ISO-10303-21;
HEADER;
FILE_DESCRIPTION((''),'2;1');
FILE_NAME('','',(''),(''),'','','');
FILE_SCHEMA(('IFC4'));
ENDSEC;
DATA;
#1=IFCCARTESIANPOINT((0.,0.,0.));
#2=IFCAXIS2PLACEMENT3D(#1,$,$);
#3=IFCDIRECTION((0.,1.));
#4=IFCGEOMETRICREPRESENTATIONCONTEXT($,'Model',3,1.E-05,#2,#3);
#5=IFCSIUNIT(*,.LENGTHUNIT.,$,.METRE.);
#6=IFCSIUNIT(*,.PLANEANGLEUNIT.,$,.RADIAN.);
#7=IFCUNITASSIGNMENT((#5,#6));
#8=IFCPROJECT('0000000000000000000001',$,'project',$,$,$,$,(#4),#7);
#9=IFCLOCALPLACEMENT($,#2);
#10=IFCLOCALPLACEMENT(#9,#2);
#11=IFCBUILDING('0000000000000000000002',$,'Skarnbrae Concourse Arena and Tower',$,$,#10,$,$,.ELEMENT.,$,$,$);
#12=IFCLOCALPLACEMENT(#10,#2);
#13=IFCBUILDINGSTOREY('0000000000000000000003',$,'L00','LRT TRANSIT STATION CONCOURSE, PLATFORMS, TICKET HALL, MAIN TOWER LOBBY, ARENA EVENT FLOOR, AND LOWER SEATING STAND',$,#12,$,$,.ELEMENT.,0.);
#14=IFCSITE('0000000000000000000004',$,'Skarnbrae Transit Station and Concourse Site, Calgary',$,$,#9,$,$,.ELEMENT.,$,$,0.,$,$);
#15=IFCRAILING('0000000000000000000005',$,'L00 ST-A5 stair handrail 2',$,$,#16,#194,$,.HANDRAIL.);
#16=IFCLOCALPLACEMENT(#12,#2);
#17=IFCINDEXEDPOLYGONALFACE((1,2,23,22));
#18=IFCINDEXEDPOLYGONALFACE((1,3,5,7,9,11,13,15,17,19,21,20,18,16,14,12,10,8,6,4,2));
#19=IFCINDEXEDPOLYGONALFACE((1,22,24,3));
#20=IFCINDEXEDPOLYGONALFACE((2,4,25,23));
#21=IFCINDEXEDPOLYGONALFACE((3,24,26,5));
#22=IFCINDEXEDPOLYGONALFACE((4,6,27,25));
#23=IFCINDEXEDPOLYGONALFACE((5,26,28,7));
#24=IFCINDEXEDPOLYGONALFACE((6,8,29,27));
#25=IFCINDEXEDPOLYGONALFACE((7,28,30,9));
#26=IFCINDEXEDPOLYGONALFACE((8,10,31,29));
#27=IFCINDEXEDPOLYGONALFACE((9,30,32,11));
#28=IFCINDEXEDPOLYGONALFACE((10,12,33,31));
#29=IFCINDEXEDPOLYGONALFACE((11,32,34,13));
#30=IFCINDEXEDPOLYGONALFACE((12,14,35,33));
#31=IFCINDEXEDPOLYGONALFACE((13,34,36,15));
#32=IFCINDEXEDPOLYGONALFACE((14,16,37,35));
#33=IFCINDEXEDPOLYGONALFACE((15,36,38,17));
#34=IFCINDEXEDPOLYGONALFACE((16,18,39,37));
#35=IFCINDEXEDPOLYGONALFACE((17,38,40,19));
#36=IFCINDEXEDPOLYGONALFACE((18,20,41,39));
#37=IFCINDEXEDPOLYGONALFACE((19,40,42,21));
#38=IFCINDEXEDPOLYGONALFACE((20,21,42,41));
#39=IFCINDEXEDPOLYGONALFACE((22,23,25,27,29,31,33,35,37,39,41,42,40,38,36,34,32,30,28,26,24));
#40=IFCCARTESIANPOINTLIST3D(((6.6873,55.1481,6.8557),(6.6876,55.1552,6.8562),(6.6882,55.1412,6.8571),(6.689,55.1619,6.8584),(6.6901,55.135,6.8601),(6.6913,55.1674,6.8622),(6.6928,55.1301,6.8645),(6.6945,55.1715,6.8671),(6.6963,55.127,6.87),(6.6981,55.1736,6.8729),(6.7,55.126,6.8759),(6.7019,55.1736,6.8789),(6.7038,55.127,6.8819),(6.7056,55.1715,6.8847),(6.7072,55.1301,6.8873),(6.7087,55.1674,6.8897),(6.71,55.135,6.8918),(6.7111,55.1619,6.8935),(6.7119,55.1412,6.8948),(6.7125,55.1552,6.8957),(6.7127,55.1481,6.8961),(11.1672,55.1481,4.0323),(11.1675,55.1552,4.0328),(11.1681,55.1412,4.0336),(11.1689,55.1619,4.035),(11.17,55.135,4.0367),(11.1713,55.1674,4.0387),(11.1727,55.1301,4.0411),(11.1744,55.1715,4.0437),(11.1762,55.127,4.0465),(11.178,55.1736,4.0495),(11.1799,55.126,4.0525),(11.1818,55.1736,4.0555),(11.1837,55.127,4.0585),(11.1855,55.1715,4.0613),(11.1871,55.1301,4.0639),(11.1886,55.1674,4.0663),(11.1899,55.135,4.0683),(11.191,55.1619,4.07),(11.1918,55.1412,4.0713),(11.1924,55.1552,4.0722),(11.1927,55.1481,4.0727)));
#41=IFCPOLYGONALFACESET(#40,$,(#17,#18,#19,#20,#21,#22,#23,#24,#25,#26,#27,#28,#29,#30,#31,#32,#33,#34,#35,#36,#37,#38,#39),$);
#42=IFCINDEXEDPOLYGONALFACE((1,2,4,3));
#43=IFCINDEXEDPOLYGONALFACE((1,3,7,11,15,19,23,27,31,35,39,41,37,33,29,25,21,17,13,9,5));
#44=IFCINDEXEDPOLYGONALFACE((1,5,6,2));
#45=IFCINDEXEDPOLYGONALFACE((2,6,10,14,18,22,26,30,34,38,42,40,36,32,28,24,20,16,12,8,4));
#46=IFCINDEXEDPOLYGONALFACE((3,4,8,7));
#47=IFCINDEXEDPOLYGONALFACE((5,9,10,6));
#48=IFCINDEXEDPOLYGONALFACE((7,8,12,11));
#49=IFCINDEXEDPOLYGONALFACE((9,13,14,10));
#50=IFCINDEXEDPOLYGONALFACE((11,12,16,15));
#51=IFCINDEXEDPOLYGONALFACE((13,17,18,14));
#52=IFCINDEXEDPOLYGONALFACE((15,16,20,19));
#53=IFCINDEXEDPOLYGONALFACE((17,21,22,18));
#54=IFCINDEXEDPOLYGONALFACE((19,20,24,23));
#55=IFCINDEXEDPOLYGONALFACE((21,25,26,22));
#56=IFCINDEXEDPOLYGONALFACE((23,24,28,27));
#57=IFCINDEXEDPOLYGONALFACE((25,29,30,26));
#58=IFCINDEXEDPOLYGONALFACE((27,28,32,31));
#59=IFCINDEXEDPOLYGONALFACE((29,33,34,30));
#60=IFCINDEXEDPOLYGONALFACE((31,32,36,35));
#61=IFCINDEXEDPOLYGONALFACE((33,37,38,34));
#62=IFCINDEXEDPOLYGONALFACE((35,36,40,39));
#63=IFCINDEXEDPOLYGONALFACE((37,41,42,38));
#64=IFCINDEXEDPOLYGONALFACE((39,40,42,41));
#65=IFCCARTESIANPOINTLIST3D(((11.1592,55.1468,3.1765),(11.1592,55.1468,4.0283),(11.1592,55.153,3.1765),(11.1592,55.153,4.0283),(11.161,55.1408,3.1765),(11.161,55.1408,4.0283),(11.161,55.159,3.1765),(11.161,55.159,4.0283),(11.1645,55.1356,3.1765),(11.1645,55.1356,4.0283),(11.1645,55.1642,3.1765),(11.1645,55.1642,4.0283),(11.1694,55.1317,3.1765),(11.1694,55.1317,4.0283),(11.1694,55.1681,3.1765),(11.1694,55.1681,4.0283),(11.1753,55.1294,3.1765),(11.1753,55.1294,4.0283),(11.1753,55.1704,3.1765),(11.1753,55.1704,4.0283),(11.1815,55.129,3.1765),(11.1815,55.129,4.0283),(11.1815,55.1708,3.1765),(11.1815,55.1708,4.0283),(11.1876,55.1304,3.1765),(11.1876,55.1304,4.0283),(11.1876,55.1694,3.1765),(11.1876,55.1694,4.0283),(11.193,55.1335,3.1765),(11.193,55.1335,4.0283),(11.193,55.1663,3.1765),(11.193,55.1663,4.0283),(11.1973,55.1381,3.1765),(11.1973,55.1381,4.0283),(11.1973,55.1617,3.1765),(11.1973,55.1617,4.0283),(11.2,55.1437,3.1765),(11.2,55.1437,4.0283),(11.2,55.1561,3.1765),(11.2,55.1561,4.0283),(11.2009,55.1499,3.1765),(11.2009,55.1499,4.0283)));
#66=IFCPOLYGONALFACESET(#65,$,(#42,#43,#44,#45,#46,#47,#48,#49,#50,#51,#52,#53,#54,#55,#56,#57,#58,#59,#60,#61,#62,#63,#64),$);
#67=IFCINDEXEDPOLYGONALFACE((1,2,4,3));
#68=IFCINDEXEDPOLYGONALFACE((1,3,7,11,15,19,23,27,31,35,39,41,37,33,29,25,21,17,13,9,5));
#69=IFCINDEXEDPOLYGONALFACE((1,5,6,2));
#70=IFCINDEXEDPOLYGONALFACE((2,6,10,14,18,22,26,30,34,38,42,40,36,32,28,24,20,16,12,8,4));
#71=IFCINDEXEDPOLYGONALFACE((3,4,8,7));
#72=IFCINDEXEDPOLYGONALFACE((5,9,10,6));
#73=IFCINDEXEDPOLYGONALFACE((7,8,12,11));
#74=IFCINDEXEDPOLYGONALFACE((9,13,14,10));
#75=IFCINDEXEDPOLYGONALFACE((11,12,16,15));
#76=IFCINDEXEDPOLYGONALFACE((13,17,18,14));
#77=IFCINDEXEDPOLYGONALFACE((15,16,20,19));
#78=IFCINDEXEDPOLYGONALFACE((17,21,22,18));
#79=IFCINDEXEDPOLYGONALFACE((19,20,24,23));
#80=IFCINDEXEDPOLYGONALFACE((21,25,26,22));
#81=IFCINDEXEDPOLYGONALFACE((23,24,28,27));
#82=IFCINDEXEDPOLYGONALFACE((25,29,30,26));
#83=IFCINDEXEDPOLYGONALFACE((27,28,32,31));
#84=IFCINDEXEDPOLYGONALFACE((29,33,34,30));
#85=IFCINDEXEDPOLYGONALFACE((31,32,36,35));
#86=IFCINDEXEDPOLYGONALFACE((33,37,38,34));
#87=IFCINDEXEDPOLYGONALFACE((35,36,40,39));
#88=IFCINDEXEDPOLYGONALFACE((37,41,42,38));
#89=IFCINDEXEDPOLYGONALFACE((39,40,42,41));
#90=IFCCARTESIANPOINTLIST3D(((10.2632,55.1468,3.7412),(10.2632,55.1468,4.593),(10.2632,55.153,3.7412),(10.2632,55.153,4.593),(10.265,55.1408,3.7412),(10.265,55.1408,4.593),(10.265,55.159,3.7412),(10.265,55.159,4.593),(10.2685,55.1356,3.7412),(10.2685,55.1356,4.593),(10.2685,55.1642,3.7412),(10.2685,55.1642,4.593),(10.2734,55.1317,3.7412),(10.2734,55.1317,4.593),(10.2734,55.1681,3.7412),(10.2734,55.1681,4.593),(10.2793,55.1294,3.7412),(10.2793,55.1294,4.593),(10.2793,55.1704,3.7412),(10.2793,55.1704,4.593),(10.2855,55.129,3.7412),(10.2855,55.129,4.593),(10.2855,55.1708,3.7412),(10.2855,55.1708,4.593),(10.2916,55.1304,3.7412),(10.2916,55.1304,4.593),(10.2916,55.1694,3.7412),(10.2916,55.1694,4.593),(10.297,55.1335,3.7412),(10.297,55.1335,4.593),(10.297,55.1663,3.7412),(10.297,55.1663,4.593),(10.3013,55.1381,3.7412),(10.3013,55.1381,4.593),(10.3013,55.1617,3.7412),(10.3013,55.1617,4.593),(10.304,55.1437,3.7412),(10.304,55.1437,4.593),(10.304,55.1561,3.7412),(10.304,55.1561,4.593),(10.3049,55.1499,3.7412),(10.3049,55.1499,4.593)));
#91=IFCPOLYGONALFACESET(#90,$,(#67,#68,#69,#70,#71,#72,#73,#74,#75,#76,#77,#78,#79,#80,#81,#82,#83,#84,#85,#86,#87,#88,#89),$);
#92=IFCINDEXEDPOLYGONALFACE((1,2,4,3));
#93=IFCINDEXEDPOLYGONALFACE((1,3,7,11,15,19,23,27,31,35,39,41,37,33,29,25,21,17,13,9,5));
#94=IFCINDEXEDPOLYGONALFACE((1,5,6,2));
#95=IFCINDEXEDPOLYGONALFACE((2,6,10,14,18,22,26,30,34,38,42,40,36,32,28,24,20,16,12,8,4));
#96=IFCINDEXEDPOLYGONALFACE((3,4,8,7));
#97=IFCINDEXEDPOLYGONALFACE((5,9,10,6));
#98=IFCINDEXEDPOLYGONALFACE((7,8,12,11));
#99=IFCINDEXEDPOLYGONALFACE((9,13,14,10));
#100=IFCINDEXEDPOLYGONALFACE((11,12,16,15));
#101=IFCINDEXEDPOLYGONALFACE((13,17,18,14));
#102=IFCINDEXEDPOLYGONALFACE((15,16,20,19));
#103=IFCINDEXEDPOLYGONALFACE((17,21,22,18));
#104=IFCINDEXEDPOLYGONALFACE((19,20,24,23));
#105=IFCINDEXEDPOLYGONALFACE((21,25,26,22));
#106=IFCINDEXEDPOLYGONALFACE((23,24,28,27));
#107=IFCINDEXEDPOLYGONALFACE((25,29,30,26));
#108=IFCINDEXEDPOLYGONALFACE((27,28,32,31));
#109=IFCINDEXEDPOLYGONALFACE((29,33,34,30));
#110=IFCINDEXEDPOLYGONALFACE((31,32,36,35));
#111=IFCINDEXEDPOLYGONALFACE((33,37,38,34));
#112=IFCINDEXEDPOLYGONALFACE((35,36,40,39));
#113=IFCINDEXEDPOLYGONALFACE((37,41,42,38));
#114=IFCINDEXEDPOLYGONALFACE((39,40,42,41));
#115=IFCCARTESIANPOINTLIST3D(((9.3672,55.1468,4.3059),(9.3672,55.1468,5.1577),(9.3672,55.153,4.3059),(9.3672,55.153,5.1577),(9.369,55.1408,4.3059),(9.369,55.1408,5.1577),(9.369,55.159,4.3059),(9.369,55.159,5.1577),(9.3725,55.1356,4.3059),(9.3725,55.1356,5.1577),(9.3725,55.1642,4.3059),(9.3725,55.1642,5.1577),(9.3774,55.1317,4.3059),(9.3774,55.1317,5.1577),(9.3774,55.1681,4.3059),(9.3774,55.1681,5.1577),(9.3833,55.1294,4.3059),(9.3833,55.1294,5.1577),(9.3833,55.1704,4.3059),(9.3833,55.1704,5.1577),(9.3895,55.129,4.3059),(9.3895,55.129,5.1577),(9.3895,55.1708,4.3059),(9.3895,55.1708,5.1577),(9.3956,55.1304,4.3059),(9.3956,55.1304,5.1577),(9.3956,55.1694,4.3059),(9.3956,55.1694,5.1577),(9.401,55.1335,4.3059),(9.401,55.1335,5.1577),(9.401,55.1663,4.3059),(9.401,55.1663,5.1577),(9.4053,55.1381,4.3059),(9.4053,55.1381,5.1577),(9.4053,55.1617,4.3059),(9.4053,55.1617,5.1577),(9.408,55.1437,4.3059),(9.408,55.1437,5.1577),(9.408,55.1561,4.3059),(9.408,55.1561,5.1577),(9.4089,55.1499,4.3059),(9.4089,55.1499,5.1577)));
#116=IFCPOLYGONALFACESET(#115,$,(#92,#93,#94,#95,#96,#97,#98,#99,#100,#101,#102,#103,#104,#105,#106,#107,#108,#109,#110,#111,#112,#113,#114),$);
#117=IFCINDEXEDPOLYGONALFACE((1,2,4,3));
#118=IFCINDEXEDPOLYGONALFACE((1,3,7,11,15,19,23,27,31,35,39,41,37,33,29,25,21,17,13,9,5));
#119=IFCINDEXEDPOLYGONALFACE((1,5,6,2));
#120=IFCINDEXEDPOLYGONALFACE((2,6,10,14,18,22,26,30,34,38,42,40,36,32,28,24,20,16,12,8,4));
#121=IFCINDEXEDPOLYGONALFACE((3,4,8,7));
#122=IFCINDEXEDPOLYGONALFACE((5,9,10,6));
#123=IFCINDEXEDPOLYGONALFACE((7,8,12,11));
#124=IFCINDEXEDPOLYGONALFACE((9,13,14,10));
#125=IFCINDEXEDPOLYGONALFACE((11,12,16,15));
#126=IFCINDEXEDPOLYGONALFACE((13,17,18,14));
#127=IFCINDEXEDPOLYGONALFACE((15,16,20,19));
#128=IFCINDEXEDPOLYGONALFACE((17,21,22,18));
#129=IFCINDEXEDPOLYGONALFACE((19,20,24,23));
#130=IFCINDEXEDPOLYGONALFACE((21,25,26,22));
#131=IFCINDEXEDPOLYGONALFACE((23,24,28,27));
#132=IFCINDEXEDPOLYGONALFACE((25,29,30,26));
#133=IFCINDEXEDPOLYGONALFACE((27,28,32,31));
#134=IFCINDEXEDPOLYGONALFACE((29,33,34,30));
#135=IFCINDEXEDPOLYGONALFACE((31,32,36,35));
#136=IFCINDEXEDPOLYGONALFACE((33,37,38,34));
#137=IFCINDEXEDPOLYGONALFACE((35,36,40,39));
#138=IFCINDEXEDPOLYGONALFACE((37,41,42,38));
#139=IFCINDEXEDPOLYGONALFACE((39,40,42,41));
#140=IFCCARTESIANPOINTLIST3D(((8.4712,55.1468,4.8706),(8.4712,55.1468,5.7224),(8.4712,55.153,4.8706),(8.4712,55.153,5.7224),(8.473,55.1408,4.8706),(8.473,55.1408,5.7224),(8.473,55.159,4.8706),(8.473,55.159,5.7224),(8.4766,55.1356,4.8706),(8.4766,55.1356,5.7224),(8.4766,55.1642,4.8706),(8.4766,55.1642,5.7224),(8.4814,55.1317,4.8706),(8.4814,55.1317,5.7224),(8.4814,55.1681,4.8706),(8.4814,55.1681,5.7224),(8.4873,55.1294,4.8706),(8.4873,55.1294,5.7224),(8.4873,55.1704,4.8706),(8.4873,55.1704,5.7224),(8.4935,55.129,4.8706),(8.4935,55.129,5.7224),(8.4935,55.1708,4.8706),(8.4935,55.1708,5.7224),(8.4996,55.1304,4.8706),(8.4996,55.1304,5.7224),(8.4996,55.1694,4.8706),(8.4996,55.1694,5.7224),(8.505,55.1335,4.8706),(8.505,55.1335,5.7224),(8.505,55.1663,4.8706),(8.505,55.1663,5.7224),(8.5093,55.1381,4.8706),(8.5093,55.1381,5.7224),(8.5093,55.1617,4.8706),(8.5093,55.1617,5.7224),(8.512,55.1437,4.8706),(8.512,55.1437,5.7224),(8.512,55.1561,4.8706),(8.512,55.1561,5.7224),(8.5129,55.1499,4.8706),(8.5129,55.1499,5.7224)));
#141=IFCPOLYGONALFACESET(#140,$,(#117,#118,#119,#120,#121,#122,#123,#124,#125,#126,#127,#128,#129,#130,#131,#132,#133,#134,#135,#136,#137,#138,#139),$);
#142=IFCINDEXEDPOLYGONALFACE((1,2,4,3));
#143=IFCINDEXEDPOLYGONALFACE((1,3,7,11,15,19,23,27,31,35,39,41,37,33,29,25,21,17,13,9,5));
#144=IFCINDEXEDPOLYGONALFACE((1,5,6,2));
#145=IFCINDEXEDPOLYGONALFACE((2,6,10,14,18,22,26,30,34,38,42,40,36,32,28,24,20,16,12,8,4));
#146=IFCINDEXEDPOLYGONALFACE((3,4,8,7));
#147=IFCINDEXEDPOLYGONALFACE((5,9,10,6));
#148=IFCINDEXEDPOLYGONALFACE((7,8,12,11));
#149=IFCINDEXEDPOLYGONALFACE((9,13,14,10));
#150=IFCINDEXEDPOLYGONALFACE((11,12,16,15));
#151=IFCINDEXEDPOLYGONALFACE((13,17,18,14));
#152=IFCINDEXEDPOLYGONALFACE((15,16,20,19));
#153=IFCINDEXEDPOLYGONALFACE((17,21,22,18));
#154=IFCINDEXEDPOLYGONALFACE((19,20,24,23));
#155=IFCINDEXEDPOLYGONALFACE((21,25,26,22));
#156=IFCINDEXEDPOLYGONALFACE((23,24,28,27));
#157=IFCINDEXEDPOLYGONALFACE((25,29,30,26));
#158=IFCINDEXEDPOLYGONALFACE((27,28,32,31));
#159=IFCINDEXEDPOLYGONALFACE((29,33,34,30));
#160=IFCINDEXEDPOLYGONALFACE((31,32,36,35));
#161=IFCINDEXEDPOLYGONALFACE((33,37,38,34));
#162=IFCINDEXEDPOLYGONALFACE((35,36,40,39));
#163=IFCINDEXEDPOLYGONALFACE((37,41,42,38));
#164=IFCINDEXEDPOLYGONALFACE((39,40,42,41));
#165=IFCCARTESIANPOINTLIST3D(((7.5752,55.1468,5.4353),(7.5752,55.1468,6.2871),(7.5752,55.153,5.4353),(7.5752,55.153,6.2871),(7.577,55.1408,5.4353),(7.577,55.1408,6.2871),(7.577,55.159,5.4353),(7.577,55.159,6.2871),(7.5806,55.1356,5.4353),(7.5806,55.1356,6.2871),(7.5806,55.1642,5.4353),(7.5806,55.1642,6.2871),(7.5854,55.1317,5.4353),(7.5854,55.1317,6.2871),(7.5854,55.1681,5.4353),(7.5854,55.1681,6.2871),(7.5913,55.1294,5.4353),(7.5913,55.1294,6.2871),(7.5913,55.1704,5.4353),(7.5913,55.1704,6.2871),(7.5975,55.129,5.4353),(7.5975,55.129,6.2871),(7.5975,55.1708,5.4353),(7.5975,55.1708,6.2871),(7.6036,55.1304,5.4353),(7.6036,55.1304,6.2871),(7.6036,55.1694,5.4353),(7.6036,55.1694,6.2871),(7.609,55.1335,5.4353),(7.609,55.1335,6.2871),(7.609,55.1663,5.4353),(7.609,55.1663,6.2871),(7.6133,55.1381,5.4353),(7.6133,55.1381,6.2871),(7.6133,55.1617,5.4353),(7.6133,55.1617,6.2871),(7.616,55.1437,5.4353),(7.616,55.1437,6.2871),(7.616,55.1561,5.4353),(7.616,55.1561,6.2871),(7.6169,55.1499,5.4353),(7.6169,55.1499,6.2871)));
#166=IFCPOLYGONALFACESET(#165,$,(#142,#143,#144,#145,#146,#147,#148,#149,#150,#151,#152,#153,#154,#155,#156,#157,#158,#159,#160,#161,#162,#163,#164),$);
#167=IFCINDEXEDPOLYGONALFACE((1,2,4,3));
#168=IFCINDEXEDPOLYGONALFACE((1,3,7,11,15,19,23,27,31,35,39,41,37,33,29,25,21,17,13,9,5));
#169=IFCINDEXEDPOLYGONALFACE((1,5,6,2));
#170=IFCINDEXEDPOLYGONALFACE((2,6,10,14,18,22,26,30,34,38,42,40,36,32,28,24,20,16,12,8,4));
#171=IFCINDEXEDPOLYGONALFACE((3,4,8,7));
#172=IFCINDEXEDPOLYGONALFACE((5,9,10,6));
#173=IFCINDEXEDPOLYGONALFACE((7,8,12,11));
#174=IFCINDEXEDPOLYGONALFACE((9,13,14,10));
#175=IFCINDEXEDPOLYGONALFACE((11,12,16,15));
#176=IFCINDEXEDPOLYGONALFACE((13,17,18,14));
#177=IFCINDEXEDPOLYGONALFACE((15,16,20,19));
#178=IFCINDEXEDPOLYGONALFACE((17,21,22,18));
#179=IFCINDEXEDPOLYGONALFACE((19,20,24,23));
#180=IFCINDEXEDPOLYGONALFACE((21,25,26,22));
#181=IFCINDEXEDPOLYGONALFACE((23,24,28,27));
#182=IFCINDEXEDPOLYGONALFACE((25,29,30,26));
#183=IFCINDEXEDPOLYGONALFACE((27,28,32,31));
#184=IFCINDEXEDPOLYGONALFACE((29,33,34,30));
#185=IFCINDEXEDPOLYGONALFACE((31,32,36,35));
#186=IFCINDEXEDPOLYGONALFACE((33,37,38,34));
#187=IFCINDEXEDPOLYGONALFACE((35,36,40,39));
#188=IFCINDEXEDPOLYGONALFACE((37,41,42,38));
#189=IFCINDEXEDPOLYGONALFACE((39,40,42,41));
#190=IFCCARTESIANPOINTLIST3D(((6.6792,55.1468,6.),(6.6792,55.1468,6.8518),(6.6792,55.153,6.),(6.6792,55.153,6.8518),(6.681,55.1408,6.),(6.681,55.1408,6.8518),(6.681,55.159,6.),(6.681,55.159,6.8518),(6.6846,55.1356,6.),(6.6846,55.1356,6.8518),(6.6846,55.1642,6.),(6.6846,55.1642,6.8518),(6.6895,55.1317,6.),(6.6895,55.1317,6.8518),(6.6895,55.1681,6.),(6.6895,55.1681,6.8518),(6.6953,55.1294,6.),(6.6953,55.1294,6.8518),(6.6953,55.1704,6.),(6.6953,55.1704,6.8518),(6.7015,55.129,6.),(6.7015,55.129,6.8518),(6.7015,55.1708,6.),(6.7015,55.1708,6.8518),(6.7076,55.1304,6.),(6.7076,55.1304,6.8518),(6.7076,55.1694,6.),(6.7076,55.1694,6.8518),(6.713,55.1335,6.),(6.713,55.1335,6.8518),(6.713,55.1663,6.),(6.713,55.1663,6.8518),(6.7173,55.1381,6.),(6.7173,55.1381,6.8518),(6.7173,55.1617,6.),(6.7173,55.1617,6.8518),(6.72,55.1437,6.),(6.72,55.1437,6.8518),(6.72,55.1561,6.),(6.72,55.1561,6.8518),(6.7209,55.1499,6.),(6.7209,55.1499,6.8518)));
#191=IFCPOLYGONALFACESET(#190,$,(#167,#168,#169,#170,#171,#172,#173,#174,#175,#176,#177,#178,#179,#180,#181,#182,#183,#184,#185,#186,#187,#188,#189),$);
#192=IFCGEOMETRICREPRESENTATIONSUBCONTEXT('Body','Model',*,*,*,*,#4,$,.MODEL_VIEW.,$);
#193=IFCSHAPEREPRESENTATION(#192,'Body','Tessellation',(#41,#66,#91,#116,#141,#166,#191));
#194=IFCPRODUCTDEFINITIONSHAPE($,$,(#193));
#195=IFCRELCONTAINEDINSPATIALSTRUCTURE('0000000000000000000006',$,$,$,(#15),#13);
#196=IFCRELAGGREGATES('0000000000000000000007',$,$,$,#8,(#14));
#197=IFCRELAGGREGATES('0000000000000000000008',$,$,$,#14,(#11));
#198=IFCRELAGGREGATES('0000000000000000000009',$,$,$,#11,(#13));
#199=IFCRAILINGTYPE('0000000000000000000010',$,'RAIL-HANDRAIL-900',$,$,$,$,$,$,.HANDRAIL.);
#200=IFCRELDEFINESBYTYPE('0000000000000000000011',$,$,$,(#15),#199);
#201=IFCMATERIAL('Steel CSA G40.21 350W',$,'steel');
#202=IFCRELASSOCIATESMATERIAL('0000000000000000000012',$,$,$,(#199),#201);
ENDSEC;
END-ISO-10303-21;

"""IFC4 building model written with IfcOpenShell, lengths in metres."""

from ifc_helpers import new_model, si_unit, direction, frame, origin, origin_2d, place, context, subcontext, project, spatial, circle, extrude, material, type_object, element, save


model = new_model("IFC4")

# Units and contexts
model_context = context("Model", 3, precision=1e-05, world=origin(), true_north=direction((0.0, 1.0)))
body_context = subcontext(model_context, "Body", "Model", "MODEL_VIEW")
ifc_project = project(units=[si_unit("LENGTHUNIT", "METRE"), si_unit("PLANEANGLEUNIT", "RADIAN")], contexts=[model_context])

# Site, building, storey
site_placement = place(None, origin())
site = spatial("IfcSite", under=ifc_project, at=site_placement, Name="Skarnbrae Transit Station and Concourse Site, Calgary", CompositionType="ELEMENT", RefElevation=0.0)
building_placement = place(site_placement, origin())
building = spatial("IfcBuilding", under=site, at=building_placement, Name="Skarnbrae Concourse Arena and Tower", CompositionType="ELEMENT")
storey_placement = place(building_placement, origin())
storey = spatial("IfcBuildingStorey", under=building, at=storey_placement, Name="L00", Description="LRT TRANSIT STATION CONCOURSE, PLATFORMS, TICKET HALL, MAIN TOWER LOBBY, ARENA EVENT FLOOR, AND LOWER SEATING STAND", CompositionType="ELEMENT", Elevation=0.0)

# Shared definitions
ifc_material_1 = material(Name="Steel CSA G40.21 350W", Category="steel")

# Railing
railing_type_1 = type_object("IfcRailingType", Name="RAIL-HANDRAIL-900", PredefinedType="HANDRAIL", material=ifc_material_1)
railing_1_placement = place(storey_placement, frame((11.1799, 55.1499, 3.1765)))
element("IfcRailing", 1, at=railing_1_placement, inside=storey, type_object=railing_type_1, Name="L00 ST-A5 stair handrail 2", PredefinedType="HANDRAIL", context=body_context, shape_type="SweptSolid", body=[
    extrude(circle(Radius=0.0239, at=origin_2d()), frame((0.0, 0.0, 0.876), z_axis=(-0.845998, 0.0, 0.533186), x_axis=(0.0, -1.0, 0.0)), (0.0, 0.0, 1.0), 5.2954),
    extrude(circle(Radius=0.021, at=origin_2d()), origin(), (0.0, 0.0, 1.0), 0.8518),
    extrude(circle(Radius=0.021, at=origin_2d()), frame((-0.896, 0.0, 0.5647)), (0.0, 0.0, 1.0), 0.8518),
    extrude(circle(Radius=0.021, at=origin_2d()), frame((-1.792, 0.0, 1.1294)), (0.0, 0.0, 1.0), 0.8518),
    extrude(circle(Radius=0.021, at=origin_2d()), frame((-2.688, 0.0, 1.6941)), (0.0, 0.0, 1.0), 0.8518),
    extrude(circle(Radius=0.021, at=origin_2d()), frame((-3.584, 0.0, 2.2588)), (0.0, 0.0, 1.0), 0.8518),
    extrude(circle(Radius=0.021, at=origin_2d()), frame((-4.48, 0.0, 2.8235)), (0.0, 0.0, 1.0), 0.8518),
])

save(model, "model.ifc")
